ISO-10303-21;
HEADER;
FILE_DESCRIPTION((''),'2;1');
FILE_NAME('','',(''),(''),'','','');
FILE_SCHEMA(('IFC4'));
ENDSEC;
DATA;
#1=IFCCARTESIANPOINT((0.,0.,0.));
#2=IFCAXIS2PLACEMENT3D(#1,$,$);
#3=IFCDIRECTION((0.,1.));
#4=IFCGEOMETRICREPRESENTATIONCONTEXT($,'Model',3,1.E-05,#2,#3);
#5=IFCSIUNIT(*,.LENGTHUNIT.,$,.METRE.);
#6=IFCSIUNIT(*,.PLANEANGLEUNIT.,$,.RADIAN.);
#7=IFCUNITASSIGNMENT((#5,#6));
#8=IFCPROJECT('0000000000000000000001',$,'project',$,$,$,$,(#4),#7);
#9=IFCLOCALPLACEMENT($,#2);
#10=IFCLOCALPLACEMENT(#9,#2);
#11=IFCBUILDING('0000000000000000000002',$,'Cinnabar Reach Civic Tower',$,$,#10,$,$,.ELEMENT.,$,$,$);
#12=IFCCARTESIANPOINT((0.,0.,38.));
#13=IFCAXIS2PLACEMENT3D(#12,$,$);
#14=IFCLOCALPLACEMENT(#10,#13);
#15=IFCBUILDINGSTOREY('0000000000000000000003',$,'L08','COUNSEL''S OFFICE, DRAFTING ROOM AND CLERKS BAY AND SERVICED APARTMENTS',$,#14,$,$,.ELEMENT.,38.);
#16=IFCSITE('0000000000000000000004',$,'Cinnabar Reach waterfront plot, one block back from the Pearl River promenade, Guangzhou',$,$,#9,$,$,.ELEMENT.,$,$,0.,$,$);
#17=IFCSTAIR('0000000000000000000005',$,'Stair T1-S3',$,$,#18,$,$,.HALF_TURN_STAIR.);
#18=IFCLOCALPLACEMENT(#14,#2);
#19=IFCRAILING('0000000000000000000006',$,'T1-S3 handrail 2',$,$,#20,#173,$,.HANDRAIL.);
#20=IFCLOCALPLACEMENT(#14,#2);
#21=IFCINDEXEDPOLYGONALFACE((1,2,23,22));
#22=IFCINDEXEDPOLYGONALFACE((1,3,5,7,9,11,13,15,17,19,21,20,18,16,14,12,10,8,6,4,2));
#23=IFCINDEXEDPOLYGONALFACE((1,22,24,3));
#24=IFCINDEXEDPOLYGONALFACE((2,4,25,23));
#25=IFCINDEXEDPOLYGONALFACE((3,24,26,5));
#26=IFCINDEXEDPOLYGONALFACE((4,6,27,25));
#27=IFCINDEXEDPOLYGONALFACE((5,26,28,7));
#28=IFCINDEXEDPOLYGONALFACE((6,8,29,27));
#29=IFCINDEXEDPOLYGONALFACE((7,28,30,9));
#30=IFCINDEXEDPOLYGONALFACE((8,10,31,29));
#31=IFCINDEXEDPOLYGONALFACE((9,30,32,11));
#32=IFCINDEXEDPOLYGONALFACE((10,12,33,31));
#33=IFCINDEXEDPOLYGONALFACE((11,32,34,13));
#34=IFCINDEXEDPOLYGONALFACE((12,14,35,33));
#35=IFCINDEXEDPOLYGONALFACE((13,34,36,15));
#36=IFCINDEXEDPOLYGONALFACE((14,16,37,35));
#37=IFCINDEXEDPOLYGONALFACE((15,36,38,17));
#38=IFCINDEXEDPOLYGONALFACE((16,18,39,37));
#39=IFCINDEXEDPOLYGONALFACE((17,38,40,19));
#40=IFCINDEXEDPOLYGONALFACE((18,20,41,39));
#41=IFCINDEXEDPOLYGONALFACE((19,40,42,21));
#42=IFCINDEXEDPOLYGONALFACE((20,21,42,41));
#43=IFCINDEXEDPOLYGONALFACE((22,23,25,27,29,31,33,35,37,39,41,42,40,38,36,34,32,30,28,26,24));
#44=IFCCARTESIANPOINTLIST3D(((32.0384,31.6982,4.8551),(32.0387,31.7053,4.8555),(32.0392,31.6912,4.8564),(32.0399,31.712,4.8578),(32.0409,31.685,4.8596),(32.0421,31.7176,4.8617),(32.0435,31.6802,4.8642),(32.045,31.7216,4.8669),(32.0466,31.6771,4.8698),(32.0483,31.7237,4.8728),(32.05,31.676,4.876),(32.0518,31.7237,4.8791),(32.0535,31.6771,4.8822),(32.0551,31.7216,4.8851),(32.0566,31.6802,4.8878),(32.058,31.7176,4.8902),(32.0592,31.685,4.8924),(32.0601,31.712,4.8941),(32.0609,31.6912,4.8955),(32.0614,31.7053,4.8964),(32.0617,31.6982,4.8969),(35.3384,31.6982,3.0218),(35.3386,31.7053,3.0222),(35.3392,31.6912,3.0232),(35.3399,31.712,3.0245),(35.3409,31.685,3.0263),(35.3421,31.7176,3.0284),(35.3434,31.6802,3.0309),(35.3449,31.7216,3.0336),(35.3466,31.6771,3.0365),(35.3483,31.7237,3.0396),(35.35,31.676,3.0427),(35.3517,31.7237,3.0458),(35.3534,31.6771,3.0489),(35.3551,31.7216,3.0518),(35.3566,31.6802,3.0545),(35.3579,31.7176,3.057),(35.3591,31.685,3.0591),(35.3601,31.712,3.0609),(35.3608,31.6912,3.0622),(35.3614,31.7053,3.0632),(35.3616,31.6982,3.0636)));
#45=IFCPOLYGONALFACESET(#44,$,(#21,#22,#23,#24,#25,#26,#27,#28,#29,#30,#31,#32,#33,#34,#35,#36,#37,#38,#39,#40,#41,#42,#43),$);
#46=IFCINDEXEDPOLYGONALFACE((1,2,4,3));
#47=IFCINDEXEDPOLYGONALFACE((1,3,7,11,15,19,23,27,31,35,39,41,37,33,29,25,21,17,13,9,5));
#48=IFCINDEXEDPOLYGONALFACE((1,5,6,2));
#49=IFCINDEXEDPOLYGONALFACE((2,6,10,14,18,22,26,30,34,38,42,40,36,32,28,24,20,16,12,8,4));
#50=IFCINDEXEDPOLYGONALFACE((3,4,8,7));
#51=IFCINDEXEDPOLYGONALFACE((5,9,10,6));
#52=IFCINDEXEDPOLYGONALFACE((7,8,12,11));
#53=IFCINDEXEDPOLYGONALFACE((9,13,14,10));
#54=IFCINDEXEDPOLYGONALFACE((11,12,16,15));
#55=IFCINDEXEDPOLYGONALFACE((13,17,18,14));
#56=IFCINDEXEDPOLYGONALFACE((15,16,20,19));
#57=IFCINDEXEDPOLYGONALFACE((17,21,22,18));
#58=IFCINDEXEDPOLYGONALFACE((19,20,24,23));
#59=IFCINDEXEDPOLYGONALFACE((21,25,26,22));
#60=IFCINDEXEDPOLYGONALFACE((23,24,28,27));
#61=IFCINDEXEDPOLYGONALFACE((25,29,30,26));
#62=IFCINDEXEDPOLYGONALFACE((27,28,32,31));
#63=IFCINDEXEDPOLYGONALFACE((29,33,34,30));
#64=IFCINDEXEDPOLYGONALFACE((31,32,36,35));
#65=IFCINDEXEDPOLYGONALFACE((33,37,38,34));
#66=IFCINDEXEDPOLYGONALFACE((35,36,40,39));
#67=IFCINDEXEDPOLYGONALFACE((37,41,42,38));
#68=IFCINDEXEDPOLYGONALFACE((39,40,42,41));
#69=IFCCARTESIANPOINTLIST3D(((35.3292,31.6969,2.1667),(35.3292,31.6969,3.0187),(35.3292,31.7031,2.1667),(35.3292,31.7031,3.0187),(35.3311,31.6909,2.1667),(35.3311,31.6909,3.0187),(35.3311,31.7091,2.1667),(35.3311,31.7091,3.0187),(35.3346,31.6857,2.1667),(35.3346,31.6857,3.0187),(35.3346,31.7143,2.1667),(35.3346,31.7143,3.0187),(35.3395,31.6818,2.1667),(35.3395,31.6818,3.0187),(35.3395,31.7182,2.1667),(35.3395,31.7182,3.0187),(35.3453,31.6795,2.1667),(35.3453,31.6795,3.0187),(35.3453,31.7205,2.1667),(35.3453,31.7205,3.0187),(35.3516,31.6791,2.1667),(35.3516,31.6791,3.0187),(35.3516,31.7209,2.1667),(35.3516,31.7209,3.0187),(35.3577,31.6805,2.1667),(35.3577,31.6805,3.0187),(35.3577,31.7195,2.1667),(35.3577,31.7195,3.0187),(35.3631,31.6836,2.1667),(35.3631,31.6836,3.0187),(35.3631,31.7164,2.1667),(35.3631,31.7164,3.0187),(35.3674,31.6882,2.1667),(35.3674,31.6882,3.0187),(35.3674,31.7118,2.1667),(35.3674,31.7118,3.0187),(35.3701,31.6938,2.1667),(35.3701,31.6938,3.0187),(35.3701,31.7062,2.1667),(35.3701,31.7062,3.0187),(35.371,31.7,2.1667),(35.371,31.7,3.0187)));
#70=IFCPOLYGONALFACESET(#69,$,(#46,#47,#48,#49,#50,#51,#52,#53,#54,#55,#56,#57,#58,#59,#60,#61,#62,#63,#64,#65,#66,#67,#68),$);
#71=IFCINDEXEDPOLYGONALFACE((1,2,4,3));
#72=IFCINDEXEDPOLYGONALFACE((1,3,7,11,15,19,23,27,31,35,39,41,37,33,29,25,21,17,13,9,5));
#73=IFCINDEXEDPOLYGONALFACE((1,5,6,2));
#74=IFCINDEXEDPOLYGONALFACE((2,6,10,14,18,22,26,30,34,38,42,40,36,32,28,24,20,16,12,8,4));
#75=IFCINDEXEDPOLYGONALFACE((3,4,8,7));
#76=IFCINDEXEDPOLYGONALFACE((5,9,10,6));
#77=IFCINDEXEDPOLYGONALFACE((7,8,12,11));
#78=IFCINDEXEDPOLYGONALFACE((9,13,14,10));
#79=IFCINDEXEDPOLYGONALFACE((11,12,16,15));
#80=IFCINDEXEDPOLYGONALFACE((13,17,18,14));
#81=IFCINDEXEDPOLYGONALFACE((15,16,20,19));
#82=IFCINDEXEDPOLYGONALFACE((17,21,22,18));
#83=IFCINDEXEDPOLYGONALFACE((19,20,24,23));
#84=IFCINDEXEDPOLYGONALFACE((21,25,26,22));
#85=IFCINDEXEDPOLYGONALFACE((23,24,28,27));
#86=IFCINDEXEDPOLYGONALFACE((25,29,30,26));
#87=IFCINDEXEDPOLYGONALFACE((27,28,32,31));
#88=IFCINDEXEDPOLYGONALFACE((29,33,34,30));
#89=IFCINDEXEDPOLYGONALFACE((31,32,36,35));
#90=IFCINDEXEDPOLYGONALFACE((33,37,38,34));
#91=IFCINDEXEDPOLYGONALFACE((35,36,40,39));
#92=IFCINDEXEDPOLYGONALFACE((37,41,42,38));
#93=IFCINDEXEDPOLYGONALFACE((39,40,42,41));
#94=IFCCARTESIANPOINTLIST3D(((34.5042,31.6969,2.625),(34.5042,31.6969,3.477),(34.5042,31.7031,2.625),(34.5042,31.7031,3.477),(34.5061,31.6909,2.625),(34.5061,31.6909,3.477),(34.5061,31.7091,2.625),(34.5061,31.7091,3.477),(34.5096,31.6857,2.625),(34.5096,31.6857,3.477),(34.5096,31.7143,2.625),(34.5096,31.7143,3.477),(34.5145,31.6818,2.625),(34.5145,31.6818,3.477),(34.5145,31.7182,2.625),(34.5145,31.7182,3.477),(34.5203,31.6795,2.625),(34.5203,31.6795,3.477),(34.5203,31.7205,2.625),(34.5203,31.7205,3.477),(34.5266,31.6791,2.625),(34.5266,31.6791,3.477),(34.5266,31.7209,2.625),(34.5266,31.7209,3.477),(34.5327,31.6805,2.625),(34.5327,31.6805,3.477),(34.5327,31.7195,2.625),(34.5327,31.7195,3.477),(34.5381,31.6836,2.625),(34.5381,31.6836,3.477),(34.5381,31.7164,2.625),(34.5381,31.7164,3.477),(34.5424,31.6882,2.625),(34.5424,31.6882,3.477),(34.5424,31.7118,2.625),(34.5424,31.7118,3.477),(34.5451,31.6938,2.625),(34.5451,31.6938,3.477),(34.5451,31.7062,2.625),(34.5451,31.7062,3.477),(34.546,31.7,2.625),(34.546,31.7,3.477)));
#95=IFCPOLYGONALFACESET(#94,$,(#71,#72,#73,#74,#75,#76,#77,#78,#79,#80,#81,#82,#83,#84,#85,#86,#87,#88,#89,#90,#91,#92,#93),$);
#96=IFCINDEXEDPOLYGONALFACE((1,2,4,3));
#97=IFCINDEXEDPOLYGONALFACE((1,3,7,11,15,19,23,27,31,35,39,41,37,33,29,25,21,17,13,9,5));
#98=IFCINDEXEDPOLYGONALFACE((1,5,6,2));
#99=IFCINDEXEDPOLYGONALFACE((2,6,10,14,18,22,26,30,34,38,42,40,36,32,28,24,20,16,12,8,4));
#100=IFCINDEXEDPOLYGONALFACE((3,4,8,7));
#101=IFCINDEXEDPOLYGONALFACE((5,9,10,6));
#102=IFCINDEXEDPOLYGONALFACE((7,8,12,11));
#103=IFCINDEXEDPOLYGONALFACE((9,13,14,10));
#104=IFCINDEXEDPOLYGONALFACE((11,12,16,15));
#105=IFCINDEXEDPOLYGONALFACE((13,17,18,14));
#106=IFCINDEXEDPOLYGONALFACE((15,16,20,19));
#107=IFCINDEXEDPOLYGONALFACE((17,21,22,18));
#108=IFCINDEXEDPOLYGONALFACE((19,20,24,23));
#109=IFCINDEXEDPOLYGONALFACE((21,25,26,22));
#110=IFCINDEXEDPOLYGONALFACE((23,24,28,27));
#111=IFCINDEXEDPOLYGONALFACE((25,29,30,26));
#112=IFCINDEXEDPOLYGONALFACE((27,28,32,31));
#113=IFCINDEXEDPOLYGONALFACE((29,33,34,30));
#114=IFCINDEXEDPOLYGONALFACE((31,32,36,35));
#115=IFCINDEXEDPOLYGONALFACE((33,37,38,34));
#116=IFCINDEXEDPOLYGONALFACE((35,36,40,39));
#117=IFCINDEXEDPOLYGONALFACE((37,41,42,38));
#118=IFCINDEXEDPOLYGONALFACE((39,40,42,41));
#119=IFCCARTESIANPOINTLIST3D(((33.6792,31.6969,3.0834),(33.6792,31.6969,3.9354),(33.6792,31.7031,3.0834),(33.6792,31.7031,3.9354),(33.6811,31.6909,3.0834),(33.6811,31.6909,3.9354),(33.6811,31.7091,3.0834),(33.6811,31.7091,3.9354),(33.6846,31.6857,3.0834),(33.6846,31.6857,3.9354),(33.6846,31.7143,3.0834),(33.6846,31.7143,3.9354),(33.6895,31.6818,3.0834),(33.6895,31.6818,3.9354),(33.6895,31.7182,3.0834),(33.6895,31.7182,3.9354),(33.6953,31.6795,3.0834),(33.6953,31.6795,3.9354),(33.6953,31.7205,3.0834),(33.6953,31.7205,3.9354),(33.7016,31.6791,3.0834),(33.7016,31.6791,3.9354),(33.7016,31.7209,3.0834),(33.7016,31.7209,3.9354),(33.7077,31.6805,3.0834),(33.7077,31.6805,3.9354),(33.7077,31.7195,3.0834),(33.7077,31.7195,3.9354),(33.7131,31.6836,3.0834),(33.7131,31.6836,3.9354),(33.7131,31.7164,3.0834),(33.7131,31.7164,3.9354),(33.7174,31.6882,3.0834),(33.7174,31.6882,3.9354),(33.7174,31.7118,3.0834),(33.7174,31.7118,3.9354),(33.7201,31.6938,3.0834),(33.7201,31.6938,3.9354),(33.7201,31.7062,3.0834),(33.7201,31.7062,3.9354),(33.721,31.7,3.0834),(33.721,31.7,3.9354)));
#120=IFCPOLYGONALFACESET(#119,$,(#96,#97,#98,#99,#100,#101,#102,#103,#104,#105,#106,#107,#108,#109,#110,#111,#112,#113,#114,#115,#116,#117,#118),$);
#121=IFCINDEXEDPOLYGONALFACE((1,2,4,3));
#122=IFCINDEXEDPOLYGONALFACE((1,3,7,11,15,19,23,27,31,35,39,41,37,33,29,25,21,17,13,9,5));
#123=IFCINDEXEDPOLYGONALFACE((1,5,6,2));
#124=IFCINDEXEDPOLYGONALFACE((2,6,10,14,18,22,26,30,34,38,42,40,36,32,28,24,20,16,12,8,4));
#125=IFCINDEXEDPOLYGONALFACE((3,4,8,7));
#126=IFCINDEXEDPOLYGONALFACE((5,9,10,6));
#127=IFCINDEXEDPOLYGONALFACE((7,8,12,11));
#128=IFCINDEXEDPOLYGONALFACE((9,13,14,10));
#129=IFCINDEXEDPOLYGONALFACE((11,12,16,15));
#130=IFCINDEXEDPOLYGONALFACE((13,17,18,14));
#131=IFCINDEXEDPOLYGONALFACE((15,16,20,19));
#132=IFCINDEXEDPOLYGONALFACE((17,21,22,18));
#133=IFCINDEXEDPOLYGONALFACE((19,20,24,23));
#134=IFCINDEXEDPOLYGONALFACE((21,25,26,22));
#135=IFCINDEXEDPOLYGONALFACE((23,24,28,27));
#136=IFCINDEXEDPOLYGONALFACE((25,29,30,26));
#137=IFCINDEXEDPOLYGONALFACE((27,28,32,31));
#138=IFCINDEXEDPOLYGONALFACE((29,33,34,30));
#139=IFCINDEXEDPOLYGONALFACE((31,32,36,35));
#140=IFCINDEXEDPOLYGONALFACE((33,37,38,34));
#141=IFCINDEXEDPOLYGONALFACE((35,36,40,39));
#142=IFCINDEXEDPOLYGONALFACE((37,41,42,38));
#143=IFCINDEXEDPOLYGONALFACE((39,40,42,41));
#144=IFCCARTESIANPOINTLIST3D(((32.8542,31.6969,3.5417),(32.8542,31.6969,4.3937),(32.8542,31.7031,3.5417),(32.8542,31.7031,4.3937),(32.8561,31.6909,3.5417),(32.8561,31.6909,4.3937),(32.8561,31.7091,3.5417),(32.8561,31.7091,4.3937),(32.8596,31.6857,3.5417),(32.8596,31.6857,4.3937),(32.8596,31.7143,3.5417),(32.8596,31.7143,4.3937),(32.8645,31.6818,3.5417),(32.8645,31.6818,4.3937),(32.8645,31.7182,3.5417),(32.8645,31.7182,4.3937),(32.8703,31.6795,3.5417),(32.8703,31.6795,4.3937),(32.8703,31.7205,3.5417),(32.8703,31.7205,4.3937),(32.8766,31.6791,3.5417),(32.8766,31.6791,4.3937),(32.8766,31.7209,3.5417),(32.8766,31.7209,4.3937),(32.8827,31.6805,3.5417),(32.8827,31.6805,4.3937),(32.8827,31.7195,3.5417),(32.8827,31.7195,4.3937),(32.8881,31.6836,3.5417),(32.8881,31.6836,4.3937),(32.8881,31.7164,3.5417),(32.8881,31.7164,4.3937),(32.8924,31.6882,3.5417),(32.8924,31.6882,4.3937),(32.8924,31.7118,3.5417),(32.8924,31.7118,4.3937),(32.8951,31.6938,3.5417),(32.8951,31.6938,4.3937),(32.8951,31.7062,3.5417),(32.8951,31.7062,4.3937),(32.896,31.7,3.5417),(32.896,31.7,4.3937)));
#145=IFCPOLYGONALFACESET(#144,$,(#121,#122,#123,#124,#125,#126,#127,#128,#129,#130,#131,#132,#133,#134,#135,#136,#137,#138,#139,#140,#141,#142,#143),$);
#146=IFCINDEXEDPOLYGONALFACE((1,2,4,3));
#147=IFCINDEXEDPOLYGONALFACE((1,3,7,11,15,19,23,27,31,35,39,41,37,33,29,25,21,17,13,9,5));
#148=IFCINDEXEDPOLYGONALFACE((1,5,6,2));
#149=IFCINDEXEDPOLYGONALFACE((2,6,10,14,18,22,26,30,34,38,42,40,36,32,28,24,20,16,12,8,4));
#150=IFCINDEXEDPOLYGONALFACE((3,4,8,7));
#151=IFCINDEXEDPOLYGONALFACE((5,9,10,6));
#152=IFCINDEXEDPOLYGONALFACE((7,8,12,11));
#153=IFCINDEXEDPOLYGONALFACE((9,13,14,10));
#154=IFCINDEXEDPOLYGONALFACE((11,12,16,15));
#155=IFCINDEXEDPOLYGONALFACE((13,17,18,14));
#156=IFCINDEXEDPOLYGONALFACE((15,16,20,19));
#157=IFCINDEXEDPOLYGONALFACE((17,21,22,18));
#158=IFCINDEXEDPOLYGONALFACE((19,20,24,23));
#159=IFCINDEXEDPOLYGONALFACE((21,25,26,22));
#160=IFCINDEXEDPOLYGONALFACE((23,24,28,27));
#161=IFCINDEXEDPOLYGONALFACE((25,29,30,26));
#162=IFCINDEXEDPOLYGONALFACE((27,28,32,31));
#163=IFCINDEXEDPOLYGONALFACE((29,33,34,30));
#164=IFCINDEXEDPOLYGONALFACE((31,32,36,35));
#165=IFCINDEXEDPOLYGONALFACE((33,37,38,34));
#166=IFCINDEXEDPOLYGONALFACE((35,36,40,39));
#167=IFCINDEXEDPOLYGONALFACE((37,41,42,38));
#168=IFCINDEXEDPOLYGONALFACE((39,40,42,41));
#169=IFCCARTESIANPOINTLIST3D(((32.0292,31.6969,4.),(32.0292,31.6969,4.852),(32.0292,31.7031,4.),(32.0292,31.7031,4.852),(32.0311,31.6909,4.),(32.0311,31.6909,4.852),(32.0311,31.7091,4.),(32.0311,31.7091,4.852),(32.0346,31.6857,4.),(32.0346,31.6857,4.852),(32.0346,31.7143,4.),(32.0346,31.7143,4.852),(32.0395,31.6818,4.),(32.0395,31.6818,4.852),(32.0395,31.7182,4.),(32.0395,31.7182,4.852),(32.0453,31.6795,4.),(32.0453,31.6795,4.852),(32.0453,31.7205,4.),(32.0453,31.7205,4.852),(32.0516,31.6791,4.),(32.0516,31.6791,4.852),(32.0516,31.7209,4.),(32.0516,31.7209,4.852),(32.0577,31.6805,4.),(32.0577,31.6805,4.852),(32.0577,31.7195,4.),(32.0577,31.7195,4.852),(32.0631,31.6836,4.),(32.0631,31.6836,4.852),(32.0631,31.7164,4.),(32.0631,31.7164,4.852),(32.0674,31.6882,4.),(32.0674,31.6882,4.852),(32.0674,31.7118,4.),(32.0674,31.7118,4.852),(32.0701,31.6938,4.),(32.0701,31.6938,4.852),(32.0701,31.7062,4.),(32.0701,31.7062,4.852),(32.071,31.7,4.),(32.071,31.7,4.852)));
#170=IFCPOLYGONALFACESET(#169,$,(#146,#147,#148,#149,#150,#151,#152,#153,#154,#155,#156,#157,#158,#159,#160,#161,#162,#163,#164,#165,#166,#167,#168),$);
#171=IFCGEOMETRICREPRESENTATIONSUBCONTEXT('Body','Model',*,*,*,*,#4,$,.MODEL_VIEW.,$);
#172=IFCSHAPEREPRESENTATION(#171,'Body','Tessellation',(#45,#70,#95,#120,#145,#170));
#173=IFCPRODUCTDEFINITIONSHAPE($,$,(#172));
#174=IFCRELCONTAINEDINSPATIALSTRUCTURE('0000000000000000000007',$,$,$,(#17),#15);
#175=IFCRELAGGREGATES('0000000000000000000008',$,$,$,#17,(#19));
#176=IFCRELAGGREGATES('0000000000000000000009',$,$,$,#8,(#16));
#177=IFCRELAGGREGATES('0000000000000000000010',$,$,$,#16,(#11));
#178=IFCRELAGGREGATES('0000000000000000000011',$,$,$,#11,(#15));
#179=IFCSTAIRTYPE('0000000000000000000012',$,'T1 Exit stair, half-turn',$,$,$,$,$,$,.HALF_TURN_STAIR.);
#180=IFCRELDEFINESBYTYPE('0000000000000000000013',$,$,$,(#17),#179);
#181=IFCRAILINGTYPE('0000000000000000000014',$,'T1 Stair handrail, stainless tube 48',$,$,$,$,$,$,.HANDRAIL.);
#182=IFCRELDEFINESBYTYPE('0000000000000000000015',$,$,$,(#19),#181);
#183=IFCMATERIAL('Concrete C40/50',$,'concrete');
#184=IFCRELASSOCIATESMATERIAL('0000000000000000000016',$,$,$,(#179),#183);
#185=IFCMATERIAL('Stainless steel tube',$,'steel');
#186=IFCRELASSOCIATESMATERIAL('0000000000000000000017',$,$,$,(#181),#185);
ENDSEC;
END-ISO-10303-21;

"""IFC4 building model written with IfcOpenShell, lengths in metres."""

from ifc_helpers import new_model, si_unit, direction, frame, origin, origin_2d, place, context, subcontext, project, spatial, circle, extrude, material, type_object, element, aggregate, save


model = new_model("IFC4")

# Units and contexts
model_context = context("Model", 3, precision=1e-05, world=origin(), true_north=direction((0.0, 1.0)))
body_context = subcontext(model_context, "Body", "Model", "MODEL_VIEW")
ifc_project = project(units=[si_unit("LENGTHUNIT", "METRE"), si_unit("PLANEANGLEUNIT", "RADIAN")], contexts=[model_context])

# Site, building, storey
site_placement = place(None, origin())
site = spatial("IfcSite", under=ifc_project, at=site_placement, Name="Cinnabar Reach waterfront plot, one block back from the Pearl River promenade, Guangzhou", CompositionType="ELEMENT", RefElevation=0.0)
building_placement = place(site_placement, origin())
building = spatial("IfcBuilding", under=site, at=building_placement, Name="Cinnabar Reach Civic Tower", CompositionType="ELEMENT")
storey_placement = place(building_placement, frame((0.0, 0.0, 38.0)))
storey = spatial("IfcBuildingStorey", under=building, at=storey_placement, Name="L08", Description="COUNSEL'S OFFICE, DRAFTING ROOM AND CLERKS BAY AND SERVICED APARTMENTS", CompositionType="ELEMENT", Elevation=38.0)

# Stair, railing
ifc_material_1 = material(Name="Concrete C40/50", Category="concrete")
stair_type = type_object("IfcStairType", Name="T1 Exit stair, half-turn", PredefinedType="HALF_TURN_STAIR", material=ifc_material_1)
stair_placement = place(storey_placement, origin())
stair = element("IfcStair", 1, at=stair_placement, inside=storey, type_object=stair_type, Name="Stair T1-S3", PredefinedType="HALF_TURN_STAIR")
ifc_material_2 = material(Name="Stainless steel tube", Category="steel")
railing_type = type_object("IfcRailingType", Name="T1 Stair handrail, stainless tube 48", PredefinedType="HANDRAIL", material=ifc_material_2)
railing_1_placement = place(storey_placement, frame((35.35, 31.7, 2.1667)))
railing_1 = element("IfcRailing", 2, at=railing_1_placement, type_object=railing_type, Name="T1-S3 handrail 2", PredefinedType="HANDRAIL", context=body_context, shape_type="SweptSolid", body=[
    extrude(circle(Radius=0.024, at=origin_2d()), frame((0.0, 0.0, 0.876), z_axis=(-0.874161, 0.0, 0.485636), x_axis=(0.0, -1.0, 0.0)), (0.0, 0.0, 1.0), 3.775),
    extrude(circle(Radius=0.021, at=origin_2d()), origin(), (0.0, 0.0, 1.0), 0.852),
    extrude(circle(Radius=0.021, at=origin_2d()), frame((-0.825, 0.0, 0.4583)), (0.0, 0.0, 1.0), 0.852),
    extrude(circle(Radius=0.021, at=origin_2d()), frame((-1.65, 0.0, 0.9167)), (0.0, 0.0, 1.0), 0.852),
    extrude(circle(Radius=0.021, at=origin_2d()), frame((-2.475, 0.0, 1.375)), (0.0, 0.0, 1.0), 0.852),
    extrude(circle(Radius=0.021, at=origin_2d()), frame((-3.3, 0.0, 1.8333)), (0.0, 0.0, 1.0), 0.852),
])
aggregate(stair, [railing_1])

save(model, "model.ifc")
